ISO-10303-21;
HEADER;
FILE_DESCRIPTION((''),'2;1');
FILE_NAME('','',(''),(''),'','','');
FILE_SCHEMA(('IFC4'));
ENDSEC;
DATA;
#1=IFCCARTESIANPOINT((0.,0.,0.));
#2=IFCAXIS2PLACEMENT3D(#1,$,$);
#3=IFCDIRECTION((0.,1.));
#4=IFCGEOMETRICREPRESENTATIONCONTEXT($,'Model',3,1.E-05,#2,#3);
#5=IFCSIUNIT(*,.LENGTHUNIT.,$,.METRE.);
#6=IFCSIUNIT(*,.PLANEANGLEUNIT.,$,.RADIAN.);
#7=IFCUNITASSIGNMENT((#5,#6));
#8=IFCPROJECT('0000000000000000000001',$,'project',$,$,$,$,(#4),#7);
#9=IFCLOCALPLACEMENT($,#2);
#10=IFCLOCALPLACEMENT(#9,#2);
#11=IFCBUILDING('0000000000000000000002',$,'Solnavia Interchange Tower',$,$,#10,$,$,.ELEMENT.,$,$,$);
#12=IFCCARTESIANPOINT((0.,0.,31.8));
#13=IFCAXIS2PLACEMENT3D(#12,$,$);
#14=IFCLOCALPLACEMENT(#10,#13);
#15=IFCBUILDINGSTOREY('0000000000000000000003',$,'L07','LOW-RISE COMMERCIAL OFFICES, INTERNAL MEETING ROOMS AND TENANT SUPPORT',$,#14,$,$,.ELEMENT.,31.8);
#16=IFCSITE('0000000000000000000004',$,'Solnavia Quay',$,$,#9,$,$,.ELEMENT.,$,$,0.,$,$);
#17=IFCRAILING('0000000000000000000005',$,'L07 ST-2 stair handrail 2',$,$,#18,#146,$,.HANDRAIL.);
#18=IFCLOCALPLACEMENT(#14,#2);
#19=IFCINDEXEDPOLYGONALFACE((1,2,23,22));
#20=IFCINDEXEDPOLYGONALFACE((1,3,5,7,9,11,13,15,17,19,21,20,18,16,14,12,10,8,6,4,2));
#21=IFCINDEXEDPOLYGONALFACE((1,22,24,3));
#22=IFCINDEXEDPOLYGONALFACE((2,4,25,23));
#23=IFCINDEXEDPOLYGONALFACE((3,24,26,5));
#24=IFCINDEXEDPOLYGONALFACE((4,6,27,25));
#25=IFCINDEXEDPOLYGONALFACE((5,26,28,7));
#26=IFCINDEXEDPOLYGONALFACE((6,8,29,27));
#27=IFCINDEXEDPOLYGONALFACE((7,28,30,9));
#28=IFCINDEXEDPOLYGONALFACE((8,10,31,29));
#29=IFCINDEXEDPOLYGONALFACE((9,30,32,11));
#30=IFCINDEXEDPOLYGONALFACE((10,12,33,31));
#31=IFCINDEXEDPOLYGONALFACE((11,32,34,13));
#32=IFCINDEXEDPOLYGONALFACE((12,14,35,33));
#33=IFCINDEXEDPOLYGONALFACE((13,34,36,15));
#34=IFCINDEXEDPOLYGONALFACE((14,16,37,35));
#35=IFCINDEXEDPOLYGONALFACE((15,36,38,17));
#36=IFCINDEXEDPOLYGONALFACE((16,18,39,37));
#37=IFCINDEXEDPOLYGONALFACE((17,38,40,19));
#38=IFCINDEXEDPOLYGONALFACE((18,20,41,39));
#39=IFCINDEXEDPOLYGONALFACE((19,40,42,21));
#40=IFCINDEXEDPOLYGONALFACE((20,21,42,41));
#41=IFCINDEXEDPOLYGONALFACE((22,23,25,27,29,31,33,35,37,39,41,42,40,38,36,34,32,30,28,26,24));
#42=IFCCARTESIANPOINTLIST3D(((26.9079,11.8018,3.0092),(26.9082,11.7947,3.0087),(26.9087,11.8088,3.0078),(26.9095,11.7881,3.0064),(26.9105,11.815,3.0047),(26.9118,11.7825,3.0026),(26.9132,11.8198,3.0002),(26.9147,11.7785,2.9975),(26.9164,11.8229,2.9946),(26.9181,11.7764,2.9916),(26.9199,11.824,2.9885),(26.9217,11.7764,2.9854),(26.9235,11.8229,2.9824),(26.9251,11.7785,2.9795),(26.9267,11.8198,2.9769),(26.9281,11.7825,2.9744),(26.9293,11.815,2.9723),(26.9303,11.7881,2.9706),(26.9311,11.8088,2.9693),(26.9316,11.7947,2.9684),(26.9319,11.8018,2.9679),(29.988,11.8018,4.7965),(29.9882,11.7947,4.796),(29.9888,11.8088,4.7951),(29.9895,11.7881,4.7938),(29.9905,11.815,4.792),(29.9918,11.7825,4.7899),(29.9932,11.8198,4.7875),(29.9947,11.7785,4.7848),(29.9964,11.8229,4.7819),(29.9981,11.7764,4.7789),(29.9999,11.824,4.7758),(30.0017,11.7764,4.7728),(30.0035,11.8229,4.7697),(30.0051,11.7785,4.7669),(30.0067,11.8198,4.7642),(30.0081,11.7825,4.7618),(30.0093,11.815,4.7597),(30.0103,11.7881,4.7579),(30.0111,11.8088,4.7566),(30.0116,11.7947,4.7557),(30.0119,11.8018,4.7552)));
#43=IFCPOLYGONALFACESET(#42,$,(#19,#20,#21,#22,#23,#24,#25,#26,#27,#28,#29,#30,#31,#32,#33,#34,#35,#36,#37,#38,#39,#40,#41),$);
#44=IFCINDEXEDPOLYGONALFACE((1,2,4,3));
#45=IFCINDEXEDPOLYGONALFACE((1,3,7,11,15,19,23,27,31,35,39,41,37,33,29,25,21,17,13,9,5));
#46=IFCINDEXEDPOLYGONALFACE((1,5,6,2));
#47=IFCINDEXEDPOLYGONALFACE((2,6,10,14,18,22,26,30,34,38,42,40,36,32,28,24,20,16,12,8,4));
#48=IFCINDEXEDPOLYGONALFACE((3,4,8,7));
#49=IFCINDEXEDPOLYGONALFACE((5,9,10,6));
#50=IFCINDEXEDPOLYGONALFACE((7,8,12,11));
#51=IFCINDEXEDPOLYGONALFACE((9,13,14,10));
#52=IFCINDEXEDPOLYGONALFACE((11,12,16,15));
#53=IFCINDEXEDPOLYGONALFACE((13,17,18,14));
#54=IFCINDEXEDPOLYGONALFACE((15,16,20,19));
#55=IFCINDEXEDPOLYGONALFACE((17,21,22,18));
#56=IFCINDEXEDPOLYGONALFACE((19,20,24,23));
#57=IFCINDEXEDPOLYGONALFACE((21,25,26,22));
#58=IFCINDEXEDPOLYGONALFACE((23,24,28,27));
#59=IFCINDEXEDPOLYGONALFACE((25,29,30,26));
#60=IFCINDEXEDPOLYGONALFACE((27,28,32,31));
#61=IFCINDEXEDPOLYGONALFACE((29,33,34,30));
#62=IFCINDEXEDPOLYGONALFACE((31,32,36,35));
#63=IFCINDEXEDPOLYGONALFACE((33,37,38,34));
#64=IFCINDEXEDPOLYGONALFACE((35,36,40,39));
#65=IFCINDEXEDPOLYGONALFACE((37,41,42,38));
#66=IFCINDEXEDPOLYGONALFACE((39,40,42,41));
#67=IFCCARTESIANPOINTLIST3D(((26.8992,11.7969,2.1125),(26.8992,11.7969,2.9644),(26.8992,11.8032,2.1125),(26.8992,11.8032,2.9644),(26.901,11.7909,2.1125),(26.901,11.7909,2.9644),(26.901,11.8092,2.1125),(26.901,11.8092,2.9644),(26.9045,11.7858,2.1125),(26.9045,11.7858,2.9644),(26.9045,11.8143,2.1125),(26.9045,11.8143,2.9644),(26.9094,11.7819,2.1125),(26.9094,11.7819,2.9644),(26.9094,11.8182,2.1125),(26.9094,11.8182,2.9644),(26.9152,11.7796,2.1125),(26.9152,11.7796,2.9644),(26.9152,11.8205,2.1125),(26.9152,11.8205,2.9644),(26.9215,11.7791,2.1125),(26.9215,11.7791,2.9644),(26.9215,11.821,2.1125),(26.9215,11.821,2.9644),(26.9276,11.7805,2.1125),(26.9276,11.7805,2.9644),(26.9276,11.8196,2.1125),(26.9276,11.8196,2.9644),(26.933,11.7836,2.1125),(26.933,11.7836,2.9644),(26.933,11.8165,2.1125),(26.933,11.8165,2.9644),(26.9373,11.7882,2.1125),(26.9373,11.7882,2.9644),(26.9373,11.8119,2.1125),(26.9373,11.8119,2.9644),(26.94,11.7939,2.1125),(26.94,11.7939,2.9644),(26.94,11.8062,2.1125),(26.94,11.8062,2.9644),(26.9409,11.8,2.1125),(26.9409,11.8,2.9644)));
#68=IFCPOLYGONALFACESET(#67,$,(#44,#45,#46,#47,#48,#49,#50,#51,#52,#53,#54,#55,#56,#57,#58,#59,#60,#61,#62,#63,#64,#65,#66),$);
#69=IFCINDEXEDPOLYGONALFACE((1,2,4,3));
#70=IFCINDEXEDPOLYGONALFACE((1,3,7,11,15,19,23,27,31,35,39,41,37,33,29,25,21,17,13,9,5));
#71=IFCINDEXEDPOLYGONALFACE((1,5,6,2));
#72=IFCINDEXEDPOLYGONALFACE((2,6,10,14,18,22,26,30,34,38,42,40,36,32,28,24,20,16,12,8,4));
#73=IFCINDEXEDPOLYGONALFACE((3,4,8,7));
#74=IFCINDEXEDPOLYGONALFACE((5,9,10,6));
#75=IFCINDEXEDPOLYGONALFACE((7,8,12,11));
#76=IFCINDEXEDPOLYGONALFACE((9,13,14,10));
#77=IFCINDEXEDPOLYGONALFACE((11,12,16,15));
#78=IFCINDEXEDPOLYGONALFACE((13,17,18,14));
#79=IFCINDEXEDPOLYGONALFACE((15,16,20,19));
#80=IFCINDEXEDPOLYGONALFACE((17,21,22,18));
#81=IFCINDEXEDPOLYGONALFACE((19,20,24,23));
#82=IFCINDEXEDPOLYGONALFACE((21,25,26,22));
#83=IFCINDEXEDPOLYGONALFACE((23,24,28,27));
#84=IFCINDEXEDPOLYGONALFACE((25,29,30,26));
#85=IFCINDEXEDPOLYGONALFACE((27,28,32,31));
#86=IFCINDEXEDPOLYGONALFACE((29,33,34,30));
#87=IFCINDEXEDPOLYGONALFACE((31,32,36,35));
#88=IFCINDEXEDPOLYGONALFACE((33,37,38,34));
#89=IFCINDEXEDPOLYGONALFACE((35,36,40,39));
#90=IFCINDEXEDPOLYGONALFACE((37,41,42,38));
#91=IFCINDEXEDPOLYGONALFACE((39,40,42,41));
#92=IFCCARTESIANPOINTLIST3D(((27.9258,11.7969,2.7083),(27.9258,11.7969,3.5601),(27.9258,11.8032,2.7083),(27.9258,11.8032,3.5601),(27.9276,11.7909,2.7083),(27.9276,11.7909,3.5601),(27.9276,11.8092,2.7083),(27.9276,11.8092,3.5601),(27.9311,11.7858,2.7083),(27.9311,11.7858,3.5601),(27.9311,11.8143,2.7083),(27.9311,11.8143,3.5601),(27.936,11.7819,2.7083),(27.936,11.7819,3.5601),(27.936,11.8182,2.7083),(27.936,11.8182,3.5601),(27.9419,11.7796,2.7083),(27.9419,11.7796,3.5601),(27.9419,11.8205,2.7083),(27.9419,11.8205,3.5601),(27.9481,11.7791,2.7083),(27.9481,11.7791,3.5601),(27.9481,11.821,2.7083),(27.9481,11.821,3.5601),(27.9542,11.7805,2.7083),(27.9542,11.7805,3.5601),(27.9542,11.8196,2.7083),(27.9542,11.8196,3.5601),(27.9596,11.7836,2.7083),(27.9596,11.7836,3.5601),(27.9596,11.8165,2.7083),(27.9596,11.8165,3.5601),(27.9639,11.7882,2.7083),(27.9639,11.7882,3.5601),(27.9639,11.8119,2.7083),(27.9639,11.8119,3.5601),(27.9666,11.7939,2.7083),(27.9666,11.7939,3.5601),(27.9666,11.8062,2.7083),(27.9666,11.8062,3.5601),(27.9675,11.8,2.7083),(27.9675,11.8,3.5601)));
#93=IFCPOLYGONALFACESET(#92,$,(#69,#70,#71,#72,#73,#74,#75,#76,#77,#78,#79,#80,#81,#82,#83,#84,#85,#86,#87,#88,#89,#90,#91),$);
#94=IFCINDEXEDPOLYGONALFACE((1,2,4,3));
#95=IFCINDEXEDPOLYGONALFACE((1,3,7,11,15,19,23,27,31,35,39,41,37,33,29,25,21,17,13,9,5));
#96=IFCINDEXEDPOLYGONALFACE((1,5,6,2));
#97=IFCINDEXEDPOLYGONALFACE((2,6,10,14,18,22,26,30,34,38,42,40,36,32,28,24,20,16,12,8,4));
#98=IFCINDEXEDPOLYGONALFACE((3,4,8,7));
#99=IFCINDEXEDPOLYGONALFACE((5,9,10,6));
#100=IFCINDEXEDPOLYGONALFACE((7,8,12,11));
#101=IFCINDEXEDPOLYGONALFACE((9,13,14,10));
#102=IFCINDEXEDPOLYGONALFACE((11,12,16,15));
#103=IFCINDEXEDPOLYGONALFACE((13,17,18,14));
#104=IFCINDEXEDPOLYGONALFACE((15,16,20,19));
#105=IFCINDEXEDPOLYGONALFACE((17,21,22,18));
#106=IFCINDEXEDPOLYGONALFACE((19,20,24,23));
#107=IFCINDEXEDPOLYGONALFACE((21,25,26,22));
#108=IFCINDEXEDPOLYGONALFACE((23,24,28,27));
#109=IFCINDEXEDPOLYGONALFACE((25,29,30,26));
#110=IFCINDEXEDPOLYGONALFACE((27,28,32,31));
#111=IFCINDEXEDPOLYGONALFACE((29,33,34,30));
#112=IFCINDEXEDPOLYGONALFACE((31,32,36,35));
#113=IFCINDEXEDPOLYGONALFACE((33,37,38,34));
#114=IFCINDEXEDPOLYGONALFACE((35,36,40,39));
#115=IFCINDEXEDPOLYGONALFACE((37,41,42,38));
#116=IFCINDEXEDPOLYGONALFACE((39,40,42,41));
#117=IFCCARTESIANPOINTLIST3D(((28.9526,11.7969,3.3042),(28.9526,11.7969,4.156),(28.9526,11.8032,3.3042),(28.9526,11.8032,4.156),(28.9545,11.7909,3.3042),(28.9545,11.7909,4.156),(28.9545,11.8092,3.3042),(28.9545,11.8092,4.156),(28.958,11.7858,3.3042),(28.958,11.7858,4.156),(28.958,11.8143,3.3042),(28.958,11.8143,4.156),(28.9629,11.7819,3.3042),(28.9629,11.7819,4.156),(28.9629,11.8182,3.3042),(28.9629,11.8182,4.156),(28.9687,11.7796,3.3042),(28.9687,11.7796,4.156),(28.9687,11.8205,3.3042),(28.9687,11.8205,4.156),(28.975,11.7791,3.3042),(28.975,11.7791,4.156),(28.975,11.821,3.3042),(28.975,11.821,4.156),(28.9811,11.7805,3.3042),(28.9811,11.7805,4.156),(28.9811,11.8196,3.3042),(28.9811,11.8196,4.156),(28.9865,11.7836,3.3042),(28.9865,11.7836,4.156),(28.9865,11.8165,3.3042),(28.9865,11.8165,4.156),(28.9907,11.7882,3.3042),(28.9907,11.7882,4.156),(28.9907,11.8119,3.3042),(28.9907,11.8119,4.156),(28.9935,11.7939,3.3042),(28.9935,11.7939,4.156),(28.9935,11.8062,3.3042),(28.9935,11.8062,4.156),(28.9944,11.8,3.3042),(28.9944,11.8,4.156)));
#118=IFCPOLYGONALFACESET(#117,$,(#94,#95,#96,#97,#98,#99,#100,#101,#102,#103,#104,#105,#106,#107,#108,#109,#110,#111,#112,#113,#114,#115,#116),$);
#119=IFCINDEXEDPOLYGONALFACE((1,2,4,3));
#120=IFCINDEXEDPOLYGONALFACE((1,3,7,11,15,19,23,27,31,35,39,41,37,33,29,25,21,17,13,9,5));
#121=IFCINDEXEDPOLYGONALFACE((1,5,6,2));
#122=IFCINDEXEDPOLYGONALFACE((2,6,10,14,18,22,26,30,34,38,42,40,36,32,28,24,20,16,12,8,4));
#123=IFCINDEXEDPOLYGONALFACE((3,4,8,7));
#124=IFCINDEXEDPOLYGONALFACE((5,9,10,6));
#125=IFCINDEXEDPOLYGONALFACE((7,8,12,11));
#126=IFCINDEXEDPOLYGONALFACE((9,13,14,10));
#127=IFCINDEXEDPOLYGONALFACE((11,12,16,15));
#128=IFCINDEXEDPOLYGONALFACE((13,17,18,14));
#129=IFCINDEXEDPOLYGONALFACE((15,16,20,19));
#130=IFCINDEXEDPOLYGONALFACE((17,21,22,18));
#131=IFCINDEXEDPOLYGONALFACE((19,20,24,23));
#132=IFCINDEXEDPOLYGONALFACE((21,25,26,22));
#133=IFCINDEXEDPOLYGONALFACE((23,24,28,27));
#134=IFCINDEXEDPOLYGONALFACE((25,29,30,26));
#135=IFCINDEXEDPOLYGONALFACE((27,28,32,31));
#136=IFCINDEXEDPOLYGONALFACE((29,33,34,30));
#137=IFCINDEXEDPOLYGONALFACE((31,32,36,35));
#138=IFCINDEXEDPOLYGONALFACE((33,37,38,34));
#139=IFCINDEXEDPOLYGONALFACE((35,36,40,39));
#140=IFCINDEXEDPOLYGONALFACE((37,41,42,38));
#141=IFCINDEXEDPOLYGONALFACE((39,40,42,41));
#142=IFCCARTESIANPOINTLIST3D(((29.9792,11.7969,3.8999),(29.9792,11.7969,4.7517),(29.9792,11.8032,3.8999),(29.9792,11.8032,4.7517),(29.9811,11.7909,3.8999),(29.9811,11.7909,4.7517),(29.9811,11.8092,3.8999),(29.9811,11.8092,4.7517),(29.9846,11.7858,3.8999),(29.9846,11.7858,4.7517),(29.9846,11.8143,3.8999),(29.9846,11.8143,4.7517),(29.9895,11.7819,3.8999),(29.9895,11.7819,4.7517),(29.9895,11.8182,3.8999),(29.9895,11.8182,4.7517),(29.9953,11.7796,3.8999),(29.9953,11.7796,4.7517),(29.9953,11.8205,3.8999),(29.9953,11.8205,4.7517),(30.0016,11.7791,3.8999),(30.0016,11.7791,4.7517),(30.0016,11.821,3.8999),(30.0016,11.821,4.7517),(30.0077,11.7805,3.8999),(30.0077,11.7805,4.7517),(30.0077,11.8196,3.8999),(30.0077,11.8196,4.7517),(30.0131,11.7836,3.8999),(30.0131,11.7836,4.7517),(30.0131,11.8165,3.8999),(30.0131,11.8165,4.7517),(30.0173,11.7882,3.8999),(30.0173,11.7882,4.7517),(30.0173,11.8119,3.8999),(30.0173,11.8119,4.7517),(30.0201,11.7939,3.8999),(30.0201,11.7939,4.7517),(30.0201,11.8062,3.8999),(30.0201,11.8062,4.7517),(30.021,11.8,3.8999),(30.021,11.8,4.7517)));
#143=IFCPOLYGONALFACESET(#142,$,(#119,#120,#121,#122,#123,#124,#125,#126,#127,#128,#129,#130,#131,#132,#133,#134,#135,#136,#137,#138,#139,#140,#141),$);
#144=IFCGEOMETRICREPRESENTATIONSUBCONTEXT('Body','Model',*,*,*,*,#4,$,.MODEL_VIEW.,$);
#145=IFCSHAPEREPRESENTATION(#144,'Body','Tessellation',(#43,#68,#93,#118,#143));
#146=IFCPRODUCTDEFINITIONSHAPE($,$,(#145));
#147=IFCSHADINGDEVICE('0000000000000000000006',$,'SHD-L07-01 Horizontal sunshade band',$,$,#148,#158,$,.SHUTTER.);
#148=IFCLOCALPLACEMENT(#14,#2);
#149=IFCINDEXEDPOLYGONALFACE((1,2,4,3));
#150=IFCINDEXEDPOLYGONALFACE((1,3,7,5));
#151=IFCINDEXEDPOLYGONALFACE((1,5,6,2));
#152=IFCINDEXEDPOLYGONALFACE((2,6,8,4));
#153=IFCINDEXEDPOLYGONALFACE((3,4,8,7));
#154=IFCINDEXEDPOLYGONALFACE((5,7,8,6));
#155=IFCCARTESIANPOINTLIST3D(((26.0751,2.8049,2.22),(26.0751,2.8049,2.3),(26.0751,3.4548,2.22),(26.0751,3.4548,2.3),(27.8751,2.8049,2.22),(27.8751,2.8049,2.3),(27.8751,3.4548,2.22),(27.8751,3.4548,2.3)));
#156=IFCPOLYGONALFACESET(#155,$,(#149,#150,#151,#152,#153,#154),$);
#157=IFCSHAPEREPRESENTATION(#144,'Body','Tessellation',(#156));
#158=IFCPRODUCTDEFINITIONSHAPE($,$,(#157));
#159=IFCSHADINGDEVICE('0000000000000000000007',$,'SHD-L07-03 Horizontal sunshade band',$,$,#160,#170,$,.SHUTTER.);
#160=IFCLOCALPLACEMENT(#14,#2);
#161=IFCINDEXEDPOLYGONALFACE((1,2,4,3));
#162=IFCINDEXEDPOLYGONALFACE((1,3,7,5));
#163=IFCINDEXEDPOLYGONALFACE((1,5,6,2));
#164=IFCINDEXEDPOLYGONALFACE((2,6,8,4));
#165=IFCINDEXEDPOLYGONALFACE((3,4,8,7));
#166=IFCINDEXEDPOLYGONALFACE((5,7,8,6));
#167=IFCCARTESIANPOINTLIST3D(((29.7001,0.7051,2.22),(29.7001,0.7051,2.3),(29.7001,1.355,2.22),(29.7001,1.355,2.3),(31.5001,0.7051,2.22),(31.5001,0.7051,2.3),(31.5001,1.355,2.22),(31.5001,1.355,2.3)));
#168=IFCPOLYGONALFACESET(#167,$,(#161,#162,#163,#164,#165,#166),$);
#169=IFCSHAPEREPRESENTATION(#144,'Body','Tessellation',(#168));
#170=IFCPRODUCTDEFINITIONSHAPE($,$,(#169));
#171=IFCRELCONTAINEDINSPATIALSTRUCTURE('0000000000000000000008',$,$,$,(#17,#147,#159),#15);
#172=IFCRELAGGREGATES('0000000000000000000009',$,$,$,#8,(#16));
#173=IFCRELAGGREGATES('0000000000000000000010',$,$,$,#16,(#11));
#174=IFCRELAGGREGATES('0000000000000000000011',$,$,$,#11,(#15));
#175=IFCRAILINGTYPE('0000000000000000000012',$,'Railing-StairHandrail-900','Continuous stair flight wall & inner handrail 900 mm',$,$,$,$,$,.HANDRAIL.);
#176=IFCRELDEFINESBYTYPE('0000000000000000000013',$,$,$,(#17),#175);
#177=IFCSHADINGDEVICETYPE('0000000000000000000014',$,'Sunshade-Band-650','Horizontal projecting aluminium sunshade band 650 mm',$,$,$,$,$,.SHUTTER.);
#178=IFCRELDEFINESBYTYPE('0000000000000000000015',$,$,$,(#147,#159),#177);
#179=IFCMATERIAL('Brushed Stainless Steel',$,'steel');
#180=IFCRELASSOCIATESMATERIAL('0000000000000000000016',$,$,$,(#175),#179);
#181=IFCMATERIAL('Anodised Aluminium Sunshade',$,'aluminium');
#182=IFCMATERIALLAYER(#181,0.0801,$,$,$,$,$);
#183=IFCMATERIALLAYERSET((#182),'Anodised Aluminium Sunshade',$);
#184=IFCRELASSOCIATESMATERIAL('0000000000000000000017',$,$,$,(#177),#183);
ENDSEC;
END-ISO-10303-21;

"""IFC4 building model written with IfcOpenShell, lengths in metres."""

from ifc_helpers import new_model, si_unit, direction, frame, origin, origin_2d, place, context, subcontext, project, spatial, rectangle, circle, extrude, material, layer, layer_set, type_object, element, save


model = new_model("IFC4")

# Units and contexts
model_context = context("Model", 3, precision=1e-05, world=origin(), true_north=direction((0.0, 1.0)))
body_context = subcontext(model_context, "Body", "Model", "MODEL_VIEW")
ifc_project = project(units=[si_unit("LENGTHUNIT", "METRE"), si_unit("PLANEANGLEUNIT", "RADIAN")], contexts=[model_context])

# Site, building, storey
site_placement = place(None, origin())
site = spatial("IfcSite", under=ifc_project, at=site_placement, Name="Solnavia Quay", CompositionType="ELEMENT", RefElevation=0.0)
building_placement = place(site_placement, origin())
building = spatial("IfcBuilding", under=site, at=building_placement, Name="Solnavia Interchange Tower", CompositionType="ELEMENT")
storey_placement = place(building_placement, frame((0.0, 0.0, 31.8)))
storey = spatial("IfcBuildingStorey", under=building, at=storey_placement, Name="L07", Description="LOW-RISE COMMERCIAL OFFICES, INTERNAL MEETING ROOMS AND TENANT SUPPORT", CompositionType="ELEMENT", Elevation=31.8)

# Railing
ifc_material_1 = material(Name="Brushed Stainless Steel", Category="steel")
railing_type_1 = type_object("IfcRailingType", Name="Railing-StairHandrail-900", Description="Continuous stair flight wall & inner handrail 900 mm", PredefinedType="HANDRAIL", material=ifc_material_1)
railing_1_placement = place(storey_placement, frame((26.9199, 11.8, 2.1125)))
element("IfcRailing", 1, at=railing_1_placement, inside=storey, type_object=railing_type_1, Name="L07 ST-2 stair handrail 2", PredefinedType="HANDRAIL", context=body_context, shape_type="SweptSolid", body=[
    extrude(circle(Radius=0.0239, at=origin_2d()), frame((0.0, 0.0, 0.876), z_axis=(0.86492, 0.0, 0.501909), x_axis=(0.0, 1.0, 0.0)), (0.0, 0.0, 1.0), 3.561),
    extrude(circle(Radius=0.021, at=origin_2d()), origin(), (0.0, 0.0, 1.0), 0.8518),
    extrude(circle(Radius=0.021, at=origin_2d()), frame((1.0266, 0.0, 0.5957)), (0.0, 0.0, 1.0), 0.8518),
    extrude(circle(Radius=0.021, at=origin_2d()), frame((2.0535, 0.0, 1.1917)), (0.0, 0.0, 1.0), 0.8518),
    extrude(circle(Radius=0.021, at=origin_2d()), frame((3.0801, 0.0, 1.7874)), (0.0, 0.0, 1.0), 0.8518),
])

# Shading devices
ifc_material_2 = material(Name="Anodised Aluminium Sunshade", Category="aluminium")
ifc_layer_1 = layer(ifc_material_2, 0.0801)
ifc_layer_set_1 = layer_set([ifc_layer_1], Name="Anodised Aluminium Sunshade")
shading_device_type = type_object("IfcShadingDeviceType", Name="Sunshade-Band-650", Description="Horizontal projecting aluminium sunshade band 650 mm", PredefinedType="SHUTTER", material=ifc_layer_set_1)
for number, where, z_axis, x_axis, name in (
    (2, (26.9751, 3.1299, 2.22), (0.0, 0.0, 1.0), (-1.0, 0.0, 0.0), "SHD-L07-01 Horizontal sunshade band"),
    (3, (30.6001, 1.03, 2.22), (0.0, 0.0, 1.0), (-1.0, 0.0, 0.0), "SHD-L07-03 Horizontal sunshade band"),
):
    element("IfcShadingDevice", number, at=place(storey_placement, frame(where, z_axis=z_axis, x_axis=x_axis)), inside=storey, type_object=shading_device_type, Name=name, PredefinedType="SHUTTER", context=body_context, shape_type="SweptSolid", body=[
        extrude(rectangle(XDim=1.8, YDim=0.6499, at=origin_2d()), origin(), (0.0, 0.0, 1.0), 0.0801),
    ])

save(model, "model.ifc")
